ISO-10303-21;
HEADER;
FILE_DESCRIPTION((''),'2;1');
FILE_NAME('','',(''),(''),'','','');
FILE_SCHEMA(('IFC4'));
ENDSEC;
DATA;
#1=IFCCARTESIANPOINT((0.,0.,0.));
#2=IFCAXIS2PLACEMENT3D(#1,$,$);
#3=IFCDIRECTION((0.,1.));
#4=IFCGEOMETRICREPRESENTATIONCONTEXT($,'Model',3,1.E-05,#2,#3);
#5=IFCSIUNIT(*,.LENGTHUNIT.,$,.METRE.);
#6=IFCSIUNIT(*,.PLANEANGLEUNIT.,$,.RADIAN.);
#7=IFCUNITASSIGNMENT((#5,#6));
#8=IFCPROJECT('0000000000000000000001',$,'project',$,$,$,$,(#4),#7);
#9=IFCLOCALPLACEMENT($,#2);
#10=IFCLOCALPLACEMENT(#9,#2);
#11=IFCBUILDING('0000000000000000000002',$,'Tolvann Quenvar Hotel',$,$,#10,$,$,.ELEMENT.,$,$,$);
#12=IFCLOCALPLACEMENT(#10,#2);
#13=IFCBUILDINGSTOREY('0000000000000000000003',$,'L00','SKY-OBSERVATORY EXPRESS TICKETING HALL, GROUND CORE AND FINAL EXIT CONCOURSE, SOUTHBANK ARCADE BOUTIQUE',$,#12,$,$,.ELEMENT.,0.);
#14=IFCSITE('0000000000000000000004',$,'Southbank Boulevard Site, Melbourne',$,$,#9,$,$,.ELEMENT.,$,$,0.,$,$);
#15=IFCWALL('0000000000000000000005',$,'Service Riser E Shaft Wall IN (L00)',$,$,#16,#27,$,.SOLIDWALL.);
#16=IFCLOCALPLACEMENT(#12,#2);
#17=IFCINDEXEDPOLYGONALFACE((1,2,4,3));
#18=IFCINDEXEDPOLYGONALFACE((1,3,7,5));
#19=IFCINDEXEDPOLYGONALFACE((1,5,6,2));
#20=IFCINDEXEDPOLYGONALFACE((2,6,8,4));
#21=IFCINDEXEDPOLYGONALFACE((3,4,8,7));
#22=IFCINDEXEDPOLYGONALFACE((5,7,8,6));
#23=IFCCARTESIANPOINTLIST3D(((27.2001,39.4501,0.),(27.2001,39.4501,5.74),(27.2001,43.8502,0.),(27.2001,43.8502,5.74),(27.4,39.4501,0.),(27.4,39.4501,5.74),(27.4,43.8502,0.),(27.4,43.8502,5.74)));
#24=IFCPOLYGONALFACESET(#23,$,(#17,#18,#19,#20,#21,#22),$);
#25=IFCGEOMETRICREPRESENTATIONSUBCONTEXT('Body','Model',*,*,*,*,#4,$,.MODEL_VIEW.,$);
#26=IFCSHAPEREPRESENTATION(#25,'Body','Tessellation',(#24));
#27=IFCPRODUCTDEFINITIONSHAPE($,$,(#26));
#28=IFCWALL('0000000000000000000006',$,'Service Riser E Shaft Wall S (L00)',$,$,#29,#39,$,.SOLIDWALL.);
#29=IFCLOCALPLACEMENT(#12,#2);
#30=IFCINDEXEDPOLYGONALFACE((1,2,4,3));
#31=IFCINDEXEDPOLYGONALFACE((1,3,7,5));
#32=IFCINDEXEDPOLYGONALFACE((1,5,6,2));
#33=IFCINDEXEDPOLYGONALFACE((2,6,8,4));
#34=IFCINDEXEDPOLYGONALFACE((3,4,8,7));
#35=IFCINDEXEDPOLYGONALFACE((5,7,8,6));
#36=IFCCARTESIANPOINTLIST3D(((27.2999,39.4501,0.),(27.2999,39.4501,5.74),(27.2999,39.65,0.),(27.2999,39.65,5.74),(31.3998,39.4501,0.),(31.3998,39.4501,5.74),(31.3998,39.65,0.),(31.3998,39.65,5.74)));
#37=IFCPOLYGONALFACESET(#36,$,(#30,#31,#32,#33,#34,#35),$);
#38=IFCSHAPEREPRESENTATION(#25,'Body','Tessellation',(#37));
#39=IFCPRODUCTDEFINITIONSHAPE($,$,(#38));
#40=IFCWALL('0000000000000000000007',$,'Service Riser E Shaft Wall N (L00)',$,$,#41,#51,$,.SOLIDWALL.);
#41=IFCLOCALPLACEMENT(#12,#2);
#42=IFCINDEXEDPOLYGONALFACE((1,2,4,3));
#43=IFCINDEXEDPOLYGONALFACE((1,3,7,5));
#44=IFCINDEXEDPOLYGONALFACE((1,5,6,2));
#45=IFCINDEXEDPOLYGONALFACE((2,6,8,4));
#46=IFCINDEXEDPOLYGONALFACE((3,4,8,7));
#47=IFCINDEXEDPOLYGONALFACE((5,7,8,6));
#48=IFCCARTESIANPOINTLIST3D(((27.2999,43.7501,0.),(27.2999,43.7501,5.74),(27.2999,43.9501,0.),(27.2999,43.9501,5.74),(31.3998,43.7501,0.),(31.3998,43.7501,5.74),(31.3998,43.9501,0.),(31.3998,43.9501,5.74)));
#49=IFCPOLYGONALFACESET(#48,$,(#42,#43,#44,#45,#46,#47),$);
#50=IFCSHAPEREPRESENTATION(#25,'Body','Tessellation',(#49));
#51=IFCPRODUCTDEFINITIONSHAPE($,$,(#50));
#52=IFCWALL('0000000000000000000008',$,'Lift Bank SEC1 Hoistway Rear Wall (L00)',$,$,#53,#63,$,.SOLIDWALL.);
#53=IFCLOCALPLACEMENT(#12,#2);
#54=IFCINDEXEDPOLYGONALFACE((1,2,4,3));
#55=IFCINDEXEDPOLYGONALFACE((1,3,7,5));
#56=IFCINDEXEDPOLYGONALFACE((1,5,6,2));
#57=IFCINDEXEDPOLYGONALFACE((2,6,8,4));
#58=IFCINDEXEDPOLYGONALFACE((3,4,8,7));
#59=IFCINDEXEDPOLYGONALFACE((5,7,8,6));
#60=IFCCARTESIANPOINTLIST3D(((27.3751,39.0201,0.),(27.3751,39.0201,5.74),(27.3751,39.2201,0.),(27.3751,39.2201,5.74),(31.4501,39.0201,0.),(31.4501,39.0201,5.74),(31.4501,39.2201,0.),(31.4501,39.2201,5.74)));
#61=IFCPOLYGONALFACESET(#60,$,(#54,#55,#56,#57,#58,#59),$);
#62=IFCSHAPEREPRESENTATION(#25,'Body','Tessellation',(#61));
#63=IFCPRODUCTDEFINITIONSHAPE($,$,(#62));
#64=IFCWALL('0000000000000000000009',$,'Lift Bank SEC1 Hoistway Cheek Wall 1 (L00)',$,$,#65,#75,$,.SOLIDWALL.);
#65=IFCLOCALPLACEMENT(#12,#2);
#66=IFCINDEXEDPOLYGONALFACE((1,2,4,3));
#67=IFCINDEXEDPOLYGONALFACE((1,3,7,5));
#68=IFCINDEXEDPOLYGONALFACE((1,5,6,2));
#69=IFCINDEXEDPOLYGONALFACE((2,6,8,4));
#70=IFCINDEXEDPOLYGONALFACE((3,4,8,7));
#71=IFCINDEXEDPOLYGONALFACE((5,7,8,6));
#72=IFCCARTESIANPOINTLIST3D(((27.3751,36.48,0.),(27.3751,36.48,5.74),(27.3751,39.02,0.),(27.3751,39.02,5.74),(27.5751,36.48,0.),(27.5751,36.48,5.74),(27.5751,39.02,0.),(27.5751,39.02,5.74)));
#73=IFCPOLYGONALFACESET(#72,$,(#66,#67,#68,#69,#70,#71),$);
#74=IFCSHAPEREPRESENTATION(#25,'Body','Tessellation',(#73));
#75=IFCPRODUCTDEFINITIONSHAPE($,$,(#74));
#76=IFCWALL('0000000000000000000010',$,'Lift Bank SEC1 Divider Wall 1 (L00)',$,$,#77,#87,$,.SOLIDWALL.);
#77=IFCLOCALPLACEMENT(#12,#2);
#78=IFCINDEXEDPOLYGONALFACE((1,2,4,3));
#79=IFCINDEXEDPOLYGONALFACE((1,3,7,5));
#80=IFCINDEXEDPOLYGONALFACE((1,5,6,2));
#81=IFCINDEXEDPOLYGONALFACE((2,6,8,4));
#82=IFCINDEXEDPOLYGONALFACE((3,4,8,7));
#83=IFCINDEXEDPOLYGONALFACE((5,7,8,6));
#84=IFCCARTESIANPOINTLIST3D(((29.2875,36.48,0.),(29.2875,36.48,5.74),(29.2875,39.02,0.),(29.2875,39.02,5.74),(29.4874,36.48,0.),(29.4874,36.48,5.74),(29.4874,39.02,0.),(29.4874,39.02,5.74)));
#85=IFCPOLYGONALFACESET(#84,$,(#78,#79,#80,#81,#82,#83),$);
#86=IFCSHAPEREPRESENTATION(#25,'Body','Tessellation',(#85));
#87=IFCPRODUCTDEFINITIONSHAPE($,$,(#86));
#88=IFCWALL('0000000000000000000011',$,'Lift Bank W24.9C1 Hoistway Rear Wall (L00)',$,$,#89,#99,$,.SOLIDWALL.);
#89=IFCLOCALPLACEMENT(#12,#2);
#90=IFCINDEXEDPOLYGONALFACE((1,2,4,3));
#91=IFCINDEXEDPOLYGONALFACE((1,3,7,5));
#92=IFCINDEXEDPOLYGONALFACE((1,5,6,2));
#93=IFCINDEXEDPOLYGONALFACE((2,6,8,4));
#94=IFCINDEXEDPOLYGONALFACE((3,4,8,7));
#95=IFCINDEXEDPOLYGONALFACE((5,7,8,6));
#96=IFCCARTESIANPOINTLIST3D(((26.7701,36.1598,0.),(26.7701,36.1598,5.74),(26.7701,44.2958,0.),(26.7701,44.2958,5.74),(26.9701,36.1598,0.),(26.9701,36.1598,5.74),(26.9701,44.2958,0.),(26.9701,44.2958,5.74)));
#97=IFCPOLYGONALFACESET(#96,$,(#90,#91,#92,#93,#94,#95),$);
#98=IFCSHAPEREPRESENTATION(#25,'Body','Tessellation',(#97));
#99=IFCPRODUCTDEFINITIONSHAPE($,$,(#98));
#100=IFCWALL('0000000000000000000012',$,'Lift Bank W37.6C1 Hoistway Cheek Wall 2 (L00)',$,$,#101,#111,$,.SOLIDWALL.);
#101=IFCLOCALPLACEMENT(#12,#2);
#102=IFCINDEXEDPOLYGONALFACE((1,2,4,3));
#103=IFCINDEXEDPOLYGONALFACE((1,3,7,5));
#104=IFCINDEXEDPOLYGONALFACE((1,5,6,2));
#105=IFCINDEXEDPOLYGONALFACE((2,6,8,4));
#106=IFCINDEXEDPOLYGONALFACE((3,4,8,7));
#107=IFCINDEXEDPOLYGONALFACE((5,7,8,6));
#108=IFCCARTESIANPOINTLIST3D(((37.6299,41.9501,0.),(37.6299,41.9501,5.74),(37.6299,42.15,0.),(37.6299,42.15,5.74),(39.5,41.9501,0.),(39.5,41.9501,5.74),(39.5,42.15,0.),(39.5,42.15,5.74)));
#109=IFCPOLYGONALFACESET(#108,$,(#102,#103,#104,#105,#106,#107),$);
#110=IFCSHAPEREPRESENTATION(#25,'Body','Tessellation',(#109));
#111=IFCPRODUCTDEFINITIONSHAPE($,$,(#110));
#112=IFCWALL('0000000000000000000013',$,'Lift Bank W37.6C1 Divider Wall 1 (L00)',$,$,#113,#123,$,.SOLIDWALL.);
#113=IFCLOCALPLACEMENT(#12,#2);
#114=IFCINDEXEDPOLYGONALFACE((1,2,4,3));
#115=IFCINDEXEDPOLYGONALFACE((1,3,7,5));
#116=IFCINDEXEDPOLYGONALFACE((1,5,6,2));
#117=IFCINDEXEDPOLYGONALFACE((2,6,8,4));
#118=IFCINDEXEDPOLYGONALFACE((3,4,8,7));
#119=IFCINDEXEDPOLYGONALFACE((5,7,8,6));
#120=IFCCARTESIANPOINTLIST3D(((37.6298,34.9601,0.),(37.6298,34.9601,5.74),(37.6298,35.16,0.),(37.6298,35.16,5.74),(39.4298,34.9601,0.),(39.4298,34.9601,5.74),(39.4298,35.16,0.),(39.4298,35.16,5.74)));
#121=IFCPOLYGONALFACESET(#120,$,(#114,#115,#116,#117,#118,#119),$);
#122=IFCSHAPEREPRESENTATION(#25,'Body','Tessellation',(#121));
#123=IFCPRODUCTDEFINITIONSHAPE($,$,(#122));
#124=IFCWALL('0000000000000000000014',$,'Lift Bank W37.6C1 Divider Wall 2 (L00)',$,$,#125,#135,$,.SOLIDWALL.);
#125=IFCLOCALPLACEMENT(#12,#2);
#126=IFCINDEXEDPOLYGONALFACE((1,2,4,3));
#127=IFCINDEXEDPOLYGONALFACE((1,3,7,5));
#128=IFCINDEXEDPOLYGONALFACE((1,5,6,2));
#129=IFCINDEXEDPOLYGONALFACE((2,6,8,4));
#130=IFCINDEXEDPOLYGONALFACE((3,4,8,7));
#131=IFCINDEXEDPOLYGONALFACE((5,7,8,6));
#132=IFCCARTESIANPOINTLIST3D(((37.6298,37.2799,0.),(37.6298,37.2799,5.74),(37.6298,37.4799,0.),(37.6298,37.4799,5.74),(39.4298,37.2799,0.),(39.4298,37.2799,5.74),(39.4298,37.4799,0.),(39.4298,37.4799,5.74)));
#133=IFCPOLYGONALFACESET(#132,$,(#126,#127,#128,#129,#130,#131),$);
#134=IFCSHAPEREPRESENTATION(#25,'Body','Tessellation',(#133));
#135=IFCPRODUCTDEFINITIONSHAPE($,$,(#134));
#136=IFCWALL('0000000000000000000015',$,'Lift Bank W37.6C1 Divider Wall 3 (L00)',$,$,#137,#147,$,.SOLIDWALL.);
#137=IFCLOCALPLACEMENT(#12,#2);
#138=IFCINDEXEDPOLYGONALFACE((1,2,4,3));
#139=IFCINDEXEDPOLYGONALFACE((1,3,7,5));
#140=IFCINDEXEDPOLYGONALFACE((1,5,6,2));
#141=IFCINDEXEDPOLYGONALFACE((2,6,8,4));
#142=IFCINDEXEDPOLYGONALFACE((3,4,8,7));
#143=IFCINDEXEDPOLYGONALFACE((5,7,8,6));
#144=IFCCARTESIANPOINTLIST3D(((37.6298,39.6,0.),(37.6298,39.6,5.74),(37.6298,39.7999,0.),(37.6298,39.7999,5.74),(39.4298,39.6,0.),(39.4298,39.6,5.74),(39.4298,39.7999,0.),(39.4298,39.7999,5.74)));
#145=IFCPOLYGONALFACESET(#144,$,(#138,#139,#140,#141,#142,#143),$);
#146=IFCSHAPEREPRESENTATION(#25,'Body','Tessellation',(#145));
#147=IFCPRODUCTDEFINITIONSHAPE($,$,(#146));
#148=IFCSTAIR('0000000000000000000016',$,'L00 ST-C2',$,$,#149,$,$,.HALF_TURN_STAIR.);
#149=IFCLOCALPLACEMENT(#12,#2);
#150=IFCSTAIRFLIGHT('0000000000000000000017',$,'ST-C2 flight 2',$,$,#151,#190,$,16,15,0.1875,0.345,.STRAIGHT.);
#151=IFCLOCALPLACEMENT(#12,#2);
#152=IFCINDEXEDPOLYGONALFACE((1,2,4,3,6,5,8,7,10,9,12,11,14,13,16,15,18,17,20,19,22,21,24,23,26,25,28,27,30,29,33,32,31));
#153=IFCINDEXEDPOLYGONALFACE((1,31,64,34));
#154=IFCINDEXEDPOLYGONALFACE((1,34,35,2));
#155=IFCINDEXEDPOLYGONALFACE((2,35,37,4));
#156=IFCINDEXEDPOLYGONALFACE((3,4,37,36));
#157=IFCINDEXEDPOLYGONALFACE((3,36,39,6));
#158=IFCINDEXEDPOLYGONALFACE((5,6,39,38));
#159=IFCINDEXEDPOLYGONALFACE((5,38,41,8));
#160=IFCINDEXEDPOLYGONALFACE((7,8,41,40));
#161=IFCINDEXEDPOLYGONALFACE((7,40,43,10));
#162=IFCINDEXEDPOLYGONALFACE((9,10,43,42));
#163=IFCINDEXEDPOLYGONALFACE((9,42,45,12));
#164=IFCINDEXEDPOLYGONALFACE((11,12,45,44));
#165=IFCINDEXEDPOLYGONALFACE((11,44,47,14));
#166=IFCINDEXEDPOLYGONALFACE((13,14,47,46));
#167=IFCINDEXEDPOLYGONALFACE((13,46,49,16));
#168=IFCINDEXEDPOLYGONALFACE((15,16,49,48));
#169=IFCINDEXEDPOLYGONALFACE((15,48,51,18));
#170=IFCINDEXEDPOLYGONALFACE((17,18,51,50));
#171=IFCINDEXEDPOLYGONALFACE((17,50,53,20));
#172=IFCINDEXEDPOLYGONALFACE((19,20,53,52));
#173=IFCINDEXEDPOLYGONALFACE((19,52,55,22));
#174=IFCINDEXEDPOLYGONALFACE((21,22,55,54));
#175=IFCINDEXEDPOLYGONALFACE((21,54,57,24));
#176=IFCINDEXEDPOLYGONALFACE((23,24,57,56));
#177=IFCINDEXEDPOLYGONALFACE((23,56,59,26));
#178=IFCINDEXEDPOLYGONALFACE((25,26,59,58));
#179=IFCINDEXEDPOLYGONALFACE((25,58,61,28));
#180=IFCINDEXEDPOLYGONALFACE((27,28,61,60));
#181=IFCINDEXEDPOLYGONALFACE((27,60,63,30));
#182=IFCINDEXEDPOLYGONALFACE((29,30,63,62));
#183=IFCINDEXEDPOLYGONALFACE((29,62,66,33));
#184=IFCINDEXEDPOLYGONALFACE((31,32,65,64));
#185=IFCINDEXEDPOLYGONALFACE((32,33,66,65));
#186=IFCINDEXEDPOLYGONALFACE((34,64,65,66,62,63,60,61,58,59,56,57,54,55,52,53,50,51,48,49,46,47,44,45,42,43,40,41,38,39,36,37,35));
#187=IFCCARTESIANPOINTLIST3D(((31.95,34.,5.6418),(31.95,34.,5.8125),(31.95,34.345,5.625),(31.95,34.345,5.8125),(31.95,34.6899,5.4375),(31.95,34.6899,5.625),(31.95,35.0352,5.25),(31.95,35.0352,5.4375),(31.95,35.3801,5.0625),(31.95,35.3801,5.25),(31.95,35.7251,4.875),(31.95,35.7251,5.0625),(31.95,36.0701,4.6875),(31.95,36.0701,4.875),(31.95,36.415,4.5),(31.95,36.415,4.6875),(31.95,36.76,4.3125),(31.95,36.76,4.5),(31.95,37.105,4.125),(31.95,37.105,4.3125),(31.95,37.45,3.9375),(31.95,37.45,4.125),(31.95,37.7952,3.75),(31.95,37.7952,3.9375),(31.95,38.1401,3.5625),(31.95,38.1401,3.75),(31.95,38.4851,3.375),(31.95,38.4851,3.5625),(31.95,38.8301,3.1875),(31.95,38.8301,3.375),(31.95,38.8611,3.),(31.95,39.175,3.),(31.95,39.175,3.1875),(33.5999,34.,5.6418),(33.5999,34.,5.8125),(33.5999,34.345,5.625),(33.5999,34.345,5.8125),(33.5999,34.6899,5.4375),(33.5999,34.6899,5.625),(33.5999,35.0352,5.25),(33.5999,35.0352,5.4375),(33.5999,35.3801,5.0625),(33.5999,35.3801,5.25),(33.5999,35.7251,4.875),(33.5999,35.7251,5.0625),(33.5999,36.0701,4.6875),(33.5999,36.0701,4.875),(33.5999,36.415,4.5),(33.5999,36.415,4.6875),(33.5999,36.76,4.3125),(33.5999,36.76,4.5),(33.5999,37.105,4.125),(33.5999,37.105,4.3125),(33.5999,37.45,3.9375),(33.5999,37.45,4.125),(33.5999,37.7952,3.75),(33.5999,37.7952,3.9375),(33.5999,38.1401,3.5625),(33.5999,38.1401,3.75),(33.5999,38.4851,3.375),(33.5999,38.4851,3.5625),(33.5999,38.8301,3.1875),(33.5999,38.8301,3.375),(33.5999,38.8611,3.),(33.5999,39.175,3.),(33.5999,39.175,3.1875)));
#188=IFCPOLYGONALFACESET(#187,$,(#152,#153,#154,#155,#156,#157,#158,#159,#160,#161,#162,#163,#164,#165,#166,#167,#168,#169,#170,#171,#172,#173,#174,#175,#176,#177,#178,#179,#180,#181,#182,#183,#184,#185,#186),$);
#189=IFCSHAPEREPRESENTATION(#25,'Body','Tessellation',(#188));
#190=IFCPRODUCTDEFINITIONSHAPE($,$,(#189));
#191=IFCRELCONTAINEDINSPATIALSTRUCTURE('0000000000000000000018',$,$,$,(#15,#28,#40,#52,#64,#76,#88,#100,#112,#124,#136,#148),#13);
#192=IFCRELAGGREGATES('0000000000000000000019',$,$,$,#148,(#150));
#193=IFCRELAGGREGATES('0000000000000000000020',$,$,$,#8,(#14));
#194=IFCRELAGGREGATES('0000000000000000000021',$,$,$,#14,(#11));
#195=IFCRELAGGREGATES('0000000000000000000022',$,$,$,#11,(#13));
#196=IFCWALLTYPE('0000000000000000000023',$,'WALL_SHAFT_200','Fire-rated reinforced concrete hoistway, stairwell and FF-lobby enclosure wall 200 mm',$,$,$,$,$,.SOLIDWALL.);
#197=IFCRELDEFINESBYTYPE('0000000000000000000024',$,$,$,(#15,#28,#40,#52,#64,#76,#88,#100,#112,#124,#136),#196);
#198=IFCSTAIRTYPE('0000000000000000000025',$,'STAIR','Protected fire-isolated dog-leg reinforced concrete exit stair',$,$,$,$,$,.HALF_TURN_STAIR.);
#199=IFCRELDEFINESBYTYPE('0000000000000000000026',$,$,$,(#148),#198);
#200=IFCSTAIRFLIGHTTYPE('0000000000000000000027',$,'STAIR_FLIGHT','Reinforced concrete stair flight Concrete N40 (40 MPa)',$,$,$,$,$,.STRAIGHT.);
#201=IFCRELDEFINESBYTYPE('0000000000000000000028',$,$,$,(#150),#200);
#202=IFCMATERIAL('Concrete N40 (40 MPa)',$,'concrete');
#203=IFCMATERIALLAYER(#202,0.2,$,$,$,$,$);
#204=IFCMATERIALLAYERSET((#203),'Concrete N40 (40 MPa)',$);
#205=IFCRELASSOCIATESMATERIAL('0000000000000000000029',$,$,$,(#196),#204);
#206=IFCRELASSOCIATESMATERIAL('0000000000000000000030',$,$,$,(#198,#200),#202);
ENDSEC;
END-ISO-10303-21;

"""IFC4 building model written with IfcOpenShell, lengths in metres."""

from ifc_helpers import new_model, si_unit, direction, frame, frame_2d, origin, place, context, subcontext, project, spatial, polyline, rectangle, outline, extrude, material, layer, layer_set, type_object, element, aggregate, save


model = new_model("IFC4")

# Units and contexts
model_context = context("Model", 3, precision=1e-05, world=origin(), true_north=direction((0.0, 1.0)))
body_context = subcontext(model_context, "Body", "Model", "MODEL_VIEW")
ifc_project = project(units=[si_unit("LENGTHUNIT", "METRE"), si_unit("PLANEANGLEUNIT", "RADIAN")], contexts=[model_context])

# Site, building, storey
site_placement = place(None, origin())
site = spatial("IfcSite", under=ifc_project, at=site_placement, Name="Southbank Boulevard Site, Melbourne", CompositionType="ELEMENT", RefElevation=0.0)
building_placement = place(site_placement, origin())
building = spatial("IfcBuilding", under=site, at=building_placement, Name="Tolvann Quenvar Hotel", CompositionType="ELEMENT")
storey_placement = place(building_placement, origin())
storey = spatial("IfcBuildingStorey", under=building, at=storey_placement, Name="L00", Description="SKY-OBSERVATORY EXPRESS TICKETING HALL, GROUND CORE AND FINAL EXIT CONCOURSE, SOUTHBANK ARCADE BOUTIQUE", CompositionType="ELEMENT", Elevation=0.0)

# Walls
ifc_material_1 = material(Name="Concrete N40 (40 MPa)", Category="concrete")
ifc_layer_1 = layer(ifc_material_1, 0.2)
ifc_layer_set_1 = layer_set([ifc_layer_1], Name="Concrete N40 (40 MPa)")
wall_type_1 = type_object("IfcWallType", Name="WALL_SHAFT_200", Description="Fire-rated reinforced concrete hoistway, stairwell and FF-lobby enclosure wall 200 mm", PredefinedType="SOLIDWALL", material=ifc_layer_set_1)
wall_1_placement = place(storey_placement, frame((27.3, 39.45, 0.0), z_axis=(0.0, 0.0, 1.0), x_axis=(0.0, 1.0, 0.0)))
element("IfcWall", 1, at=wall_1_placement, inside=storey, type_object=wall_type_1, Name="Service Riser E Shaft Wall IN (L00)", PredefinedType="SOLIDWALL", context=body_context, shape_type="SweptSolid", body=[
    extrude(rectangle(XDim=4.4001, YDim=0.2, at=frame_2d((2.2002, 0.0))), origin(), (0.0, 0.0, 1.0), 5.74),
])
for number, where, z_axis, x_axis, name in (
    (2, (27.3, 39.55, 0.0), (0.0, 0.0, 1.0), (1.0, 0.0, 0.0), "Service Riser E Shaft Wall S (L00)"),
    (3, (27.3, 43.8501, 0.0), (0.0, 0.0, 1.0), (1.0, 0.0, 0.0), "Service Riser E Shaft Wall N (L00)"),
):
    element("IfcWall", number, at=place(storey_placement, frame(where, z_axis=z_axis, x_axis=x_axis)), inside=storey, type_object=wall_type_1, Name=name, PredefinedType="SOLIDWALL", context=body_context, shape_type="SweptSolid", body=[
        extrude(rectangle(XDim=4.0999, YDim=0.2, at=frame_2d((2.0498, 0.0))), origin(), (0.0, 0.0, 1.0), 5.74),
    ])

# Walls
wall_2_placement = place(storey_placement, frame((27.375, 39.1201, 0.0), z_axis=(0.0, 0.0, 1.0), x_axis=(1.0, 0.0, 0.0)))
element("IfcWall", 4, at=wall_2_placement, inside=storey, type_object=wall_type_1, Name="Lift Bank SEC1 Hoistway Rear Wall (L00)", PredefinedType="SOLIDWALL", context=body_context, shape_type="SweptSolid", body=[
    extrude(rectangle(XDim=4.075, YDim=0.2, at=frame_2d((2.0376, 0.0))), origin(), (0.0, 0.0, 1.0), 5.74),
])
for number, where, z_axis, x_axis, name in (
    (5, (27.4751, 36.48, 0.0), (0.0, 0.0, 1.0), (0.0, 1.0, 0.0), "Lift Bank SEC1 Hoistway Cheek Wall 1 (L00)"),
    (6, (29.3875, 36.48, 0.0), (0.0, 0.0, 1.0), (0.0, 1.0, 0.0), "Lift Bank SEC1 Divider Wall 1 (L00)"),
):
    element("IfcWall", number, at=place(storey_placement, frame(where, z_axis=z_axis, x_axis=x_axis)), inside=storey, type_object=wall_type_1, Name=name, PredefinedType="SOLIDWALL", context=body_context, shape_type="SweptSolid", body=[
        extrude(rectangle(XDim=2.54, YDim=0.2, at=frame_2d((1.27, 0.0))), origin(), (0.0, 0.0, 1.0), 5.74),
    ])
wall_3_placement = place(storey_placement, frame((26.8701, 36.1599, 0.0), z_axis=(0.0, 0.0, 1.0), x_axis=(0.0, 1.0, 0.0)))
element("IfcWall", 7, at=wall_3_placement, inside=storey, type_object=wall_type_1, Name="Lift Bank W24.9C1 Hoistway Rear Wall (L00)", PredefinedType="SOLIDWALL", context=body_context, shape_type="SweptSolid", body=[
    extrude(rectangle(XDim=8.136, YDim=0.2, at=frame_2d((4.0679, 0.0))), origin(), (0.0, 0.0, 1.0), 5.74),
])
wall_4_placement = place(storey_placement, frame((37.6299, 42.05, 0.0), z_axis=(0.0, 0.0, 1.0), x_axis=(1.0, 0.0, 0.0)))
element("IfcWall", 8, at=wall_4_placement, inside=storey, type_object=wall_type_1, Name="Lift Bank W37.6C1 Hoistway Cheek Wall 2 (L00)", PredefinedType="SOLIDWALL", context=body_context, shape_type="SweptSolid", body=[
    extrude(rectangle(XDim=1.8701, YDim=0.2, at=frame_2d((0.9351, 0.0))), origin(), (0.0, 0.0, 1.0), 5.74),
])
for number, where, z_axis, x_axis, name in (
    (9, (37.6299, 35.0601, 0.0), (0.0, 0.0, 1.0), (1.0, 0.0, 0.0), "Lift Bank W37.6C1 Divider Wall 1 (L00)"),
    (10, (37.6299, 37.3799, 0.0), (0.0, 0.0, 1.0), (1.0, 0.0, 0.0), "Lift Bank W37.6C1 Divider Wall 2 (L00)"),
    (11, (37.6299, 39.7, 0.0), (0.0, 0.0, 1.0), (1.0, 0.0, 0.0), "Lift Bank W37.6C1 Divider Wall 3 (L00)"),
):
    element("IfcWall", number, at=place(storey_placement, frame(where, z_axis=z_axis, x_axis=x_axis)), inside=storey, type_object=wall_type_1, Name=name, PredefinedType="SOLIDWALL", context=body_context, shape_type="SweptSolid", body=[
        extrude(rectangle(XDim=1.8, YDim=0.2, at=frame_2d((0.8999, 0.0))), origin(), (0.0, 0.0, 1.0), 5.74),
    ])

# Stair, stair flight
stair_type = type_object("IfcStairType", Name="STAIR", Description="Protected fire-isolated dog-leg reinforced concrete exit stair", PredefinedType="HALF_TURN_STAIR", material=ifc_material_1)
stair_placement = place(storey_placement, origin())
stair = element("IfcStair", 12, at=stair_placement, inside=storey, type_object=stair_type, Name="L00 ST-C2", PredefinedType="HALF_TURN_STAIR")
stair_flight_type = type_object("IfcStairFlightType", Name="STAIR_FLIGHT", Description="Reinforced concrete stair flight Concrete N40 (40 MPa)", PredefinedType="STRAIGHT", material=ifc_material_1)
stair_flight_placement = place(storey_placement, frame((32.7749, 39.175, 3.0), z_axis=(0.0, 0.0, 1.0), x_axis=(0.0, -1.0, 0.0)))
stair_flight = element("IfcStairFlight", 13, at=stair_flight_placement, type_object=stair_flight_type, Name="ST-C2 flight 2", NumberOfRisers=16, NumberOfTreads=15, PredefinedType="STRAIGHT", RiserHeight=0.1875, TreadLength=0.345, context=body_context, shape_type="SweptSolid", body=[
    extrude(outline(polyline([(0.0, 0.0), (0.0, 0.1875), (0.345, 0.1875), (0.345, 0.375), (0.6899, 0.375), (0.6899, 0.5625), (1.0349, 0.5625), (1.0349, 0.75), (1.3799, 0.75), (1.3799, 0.9375), (1.7251, 0.9375), (1.7251, 1.125), (2.0701, 1.125), (2.0701, 1.3125), (2.415, 1.3125), (2.415, 1.5), (2.76, 1.5), (2.76, 1.6875), (3.105, 1.6875), (3.105, 1.875), (3.45, 1.875), (3.45, 2.0625), (3.7949, 2.0625), (3.7949, 2.25), (4.1399, 2.25), (4.1399, 2.4375), (4.4851, 2.4375), (4.4851, 2.625), (4.8301, 2.625), (4.8301, 2.8125), (5.175, 2.8125), (5.175, 3.0), (5.175, 2.6418), (0.314, 0.0), (0.0, 0.0)])), frame((0.0, 0.825, 0.0), z_axis=(0.0, -1.0, 0.0), x_axis=(1.0, 0.0, 0.0)), (0.0, 0.0, 1.0), 1.6499),
])
aggregate(stair, [stair_flight])

save(model, "model.ifc")
